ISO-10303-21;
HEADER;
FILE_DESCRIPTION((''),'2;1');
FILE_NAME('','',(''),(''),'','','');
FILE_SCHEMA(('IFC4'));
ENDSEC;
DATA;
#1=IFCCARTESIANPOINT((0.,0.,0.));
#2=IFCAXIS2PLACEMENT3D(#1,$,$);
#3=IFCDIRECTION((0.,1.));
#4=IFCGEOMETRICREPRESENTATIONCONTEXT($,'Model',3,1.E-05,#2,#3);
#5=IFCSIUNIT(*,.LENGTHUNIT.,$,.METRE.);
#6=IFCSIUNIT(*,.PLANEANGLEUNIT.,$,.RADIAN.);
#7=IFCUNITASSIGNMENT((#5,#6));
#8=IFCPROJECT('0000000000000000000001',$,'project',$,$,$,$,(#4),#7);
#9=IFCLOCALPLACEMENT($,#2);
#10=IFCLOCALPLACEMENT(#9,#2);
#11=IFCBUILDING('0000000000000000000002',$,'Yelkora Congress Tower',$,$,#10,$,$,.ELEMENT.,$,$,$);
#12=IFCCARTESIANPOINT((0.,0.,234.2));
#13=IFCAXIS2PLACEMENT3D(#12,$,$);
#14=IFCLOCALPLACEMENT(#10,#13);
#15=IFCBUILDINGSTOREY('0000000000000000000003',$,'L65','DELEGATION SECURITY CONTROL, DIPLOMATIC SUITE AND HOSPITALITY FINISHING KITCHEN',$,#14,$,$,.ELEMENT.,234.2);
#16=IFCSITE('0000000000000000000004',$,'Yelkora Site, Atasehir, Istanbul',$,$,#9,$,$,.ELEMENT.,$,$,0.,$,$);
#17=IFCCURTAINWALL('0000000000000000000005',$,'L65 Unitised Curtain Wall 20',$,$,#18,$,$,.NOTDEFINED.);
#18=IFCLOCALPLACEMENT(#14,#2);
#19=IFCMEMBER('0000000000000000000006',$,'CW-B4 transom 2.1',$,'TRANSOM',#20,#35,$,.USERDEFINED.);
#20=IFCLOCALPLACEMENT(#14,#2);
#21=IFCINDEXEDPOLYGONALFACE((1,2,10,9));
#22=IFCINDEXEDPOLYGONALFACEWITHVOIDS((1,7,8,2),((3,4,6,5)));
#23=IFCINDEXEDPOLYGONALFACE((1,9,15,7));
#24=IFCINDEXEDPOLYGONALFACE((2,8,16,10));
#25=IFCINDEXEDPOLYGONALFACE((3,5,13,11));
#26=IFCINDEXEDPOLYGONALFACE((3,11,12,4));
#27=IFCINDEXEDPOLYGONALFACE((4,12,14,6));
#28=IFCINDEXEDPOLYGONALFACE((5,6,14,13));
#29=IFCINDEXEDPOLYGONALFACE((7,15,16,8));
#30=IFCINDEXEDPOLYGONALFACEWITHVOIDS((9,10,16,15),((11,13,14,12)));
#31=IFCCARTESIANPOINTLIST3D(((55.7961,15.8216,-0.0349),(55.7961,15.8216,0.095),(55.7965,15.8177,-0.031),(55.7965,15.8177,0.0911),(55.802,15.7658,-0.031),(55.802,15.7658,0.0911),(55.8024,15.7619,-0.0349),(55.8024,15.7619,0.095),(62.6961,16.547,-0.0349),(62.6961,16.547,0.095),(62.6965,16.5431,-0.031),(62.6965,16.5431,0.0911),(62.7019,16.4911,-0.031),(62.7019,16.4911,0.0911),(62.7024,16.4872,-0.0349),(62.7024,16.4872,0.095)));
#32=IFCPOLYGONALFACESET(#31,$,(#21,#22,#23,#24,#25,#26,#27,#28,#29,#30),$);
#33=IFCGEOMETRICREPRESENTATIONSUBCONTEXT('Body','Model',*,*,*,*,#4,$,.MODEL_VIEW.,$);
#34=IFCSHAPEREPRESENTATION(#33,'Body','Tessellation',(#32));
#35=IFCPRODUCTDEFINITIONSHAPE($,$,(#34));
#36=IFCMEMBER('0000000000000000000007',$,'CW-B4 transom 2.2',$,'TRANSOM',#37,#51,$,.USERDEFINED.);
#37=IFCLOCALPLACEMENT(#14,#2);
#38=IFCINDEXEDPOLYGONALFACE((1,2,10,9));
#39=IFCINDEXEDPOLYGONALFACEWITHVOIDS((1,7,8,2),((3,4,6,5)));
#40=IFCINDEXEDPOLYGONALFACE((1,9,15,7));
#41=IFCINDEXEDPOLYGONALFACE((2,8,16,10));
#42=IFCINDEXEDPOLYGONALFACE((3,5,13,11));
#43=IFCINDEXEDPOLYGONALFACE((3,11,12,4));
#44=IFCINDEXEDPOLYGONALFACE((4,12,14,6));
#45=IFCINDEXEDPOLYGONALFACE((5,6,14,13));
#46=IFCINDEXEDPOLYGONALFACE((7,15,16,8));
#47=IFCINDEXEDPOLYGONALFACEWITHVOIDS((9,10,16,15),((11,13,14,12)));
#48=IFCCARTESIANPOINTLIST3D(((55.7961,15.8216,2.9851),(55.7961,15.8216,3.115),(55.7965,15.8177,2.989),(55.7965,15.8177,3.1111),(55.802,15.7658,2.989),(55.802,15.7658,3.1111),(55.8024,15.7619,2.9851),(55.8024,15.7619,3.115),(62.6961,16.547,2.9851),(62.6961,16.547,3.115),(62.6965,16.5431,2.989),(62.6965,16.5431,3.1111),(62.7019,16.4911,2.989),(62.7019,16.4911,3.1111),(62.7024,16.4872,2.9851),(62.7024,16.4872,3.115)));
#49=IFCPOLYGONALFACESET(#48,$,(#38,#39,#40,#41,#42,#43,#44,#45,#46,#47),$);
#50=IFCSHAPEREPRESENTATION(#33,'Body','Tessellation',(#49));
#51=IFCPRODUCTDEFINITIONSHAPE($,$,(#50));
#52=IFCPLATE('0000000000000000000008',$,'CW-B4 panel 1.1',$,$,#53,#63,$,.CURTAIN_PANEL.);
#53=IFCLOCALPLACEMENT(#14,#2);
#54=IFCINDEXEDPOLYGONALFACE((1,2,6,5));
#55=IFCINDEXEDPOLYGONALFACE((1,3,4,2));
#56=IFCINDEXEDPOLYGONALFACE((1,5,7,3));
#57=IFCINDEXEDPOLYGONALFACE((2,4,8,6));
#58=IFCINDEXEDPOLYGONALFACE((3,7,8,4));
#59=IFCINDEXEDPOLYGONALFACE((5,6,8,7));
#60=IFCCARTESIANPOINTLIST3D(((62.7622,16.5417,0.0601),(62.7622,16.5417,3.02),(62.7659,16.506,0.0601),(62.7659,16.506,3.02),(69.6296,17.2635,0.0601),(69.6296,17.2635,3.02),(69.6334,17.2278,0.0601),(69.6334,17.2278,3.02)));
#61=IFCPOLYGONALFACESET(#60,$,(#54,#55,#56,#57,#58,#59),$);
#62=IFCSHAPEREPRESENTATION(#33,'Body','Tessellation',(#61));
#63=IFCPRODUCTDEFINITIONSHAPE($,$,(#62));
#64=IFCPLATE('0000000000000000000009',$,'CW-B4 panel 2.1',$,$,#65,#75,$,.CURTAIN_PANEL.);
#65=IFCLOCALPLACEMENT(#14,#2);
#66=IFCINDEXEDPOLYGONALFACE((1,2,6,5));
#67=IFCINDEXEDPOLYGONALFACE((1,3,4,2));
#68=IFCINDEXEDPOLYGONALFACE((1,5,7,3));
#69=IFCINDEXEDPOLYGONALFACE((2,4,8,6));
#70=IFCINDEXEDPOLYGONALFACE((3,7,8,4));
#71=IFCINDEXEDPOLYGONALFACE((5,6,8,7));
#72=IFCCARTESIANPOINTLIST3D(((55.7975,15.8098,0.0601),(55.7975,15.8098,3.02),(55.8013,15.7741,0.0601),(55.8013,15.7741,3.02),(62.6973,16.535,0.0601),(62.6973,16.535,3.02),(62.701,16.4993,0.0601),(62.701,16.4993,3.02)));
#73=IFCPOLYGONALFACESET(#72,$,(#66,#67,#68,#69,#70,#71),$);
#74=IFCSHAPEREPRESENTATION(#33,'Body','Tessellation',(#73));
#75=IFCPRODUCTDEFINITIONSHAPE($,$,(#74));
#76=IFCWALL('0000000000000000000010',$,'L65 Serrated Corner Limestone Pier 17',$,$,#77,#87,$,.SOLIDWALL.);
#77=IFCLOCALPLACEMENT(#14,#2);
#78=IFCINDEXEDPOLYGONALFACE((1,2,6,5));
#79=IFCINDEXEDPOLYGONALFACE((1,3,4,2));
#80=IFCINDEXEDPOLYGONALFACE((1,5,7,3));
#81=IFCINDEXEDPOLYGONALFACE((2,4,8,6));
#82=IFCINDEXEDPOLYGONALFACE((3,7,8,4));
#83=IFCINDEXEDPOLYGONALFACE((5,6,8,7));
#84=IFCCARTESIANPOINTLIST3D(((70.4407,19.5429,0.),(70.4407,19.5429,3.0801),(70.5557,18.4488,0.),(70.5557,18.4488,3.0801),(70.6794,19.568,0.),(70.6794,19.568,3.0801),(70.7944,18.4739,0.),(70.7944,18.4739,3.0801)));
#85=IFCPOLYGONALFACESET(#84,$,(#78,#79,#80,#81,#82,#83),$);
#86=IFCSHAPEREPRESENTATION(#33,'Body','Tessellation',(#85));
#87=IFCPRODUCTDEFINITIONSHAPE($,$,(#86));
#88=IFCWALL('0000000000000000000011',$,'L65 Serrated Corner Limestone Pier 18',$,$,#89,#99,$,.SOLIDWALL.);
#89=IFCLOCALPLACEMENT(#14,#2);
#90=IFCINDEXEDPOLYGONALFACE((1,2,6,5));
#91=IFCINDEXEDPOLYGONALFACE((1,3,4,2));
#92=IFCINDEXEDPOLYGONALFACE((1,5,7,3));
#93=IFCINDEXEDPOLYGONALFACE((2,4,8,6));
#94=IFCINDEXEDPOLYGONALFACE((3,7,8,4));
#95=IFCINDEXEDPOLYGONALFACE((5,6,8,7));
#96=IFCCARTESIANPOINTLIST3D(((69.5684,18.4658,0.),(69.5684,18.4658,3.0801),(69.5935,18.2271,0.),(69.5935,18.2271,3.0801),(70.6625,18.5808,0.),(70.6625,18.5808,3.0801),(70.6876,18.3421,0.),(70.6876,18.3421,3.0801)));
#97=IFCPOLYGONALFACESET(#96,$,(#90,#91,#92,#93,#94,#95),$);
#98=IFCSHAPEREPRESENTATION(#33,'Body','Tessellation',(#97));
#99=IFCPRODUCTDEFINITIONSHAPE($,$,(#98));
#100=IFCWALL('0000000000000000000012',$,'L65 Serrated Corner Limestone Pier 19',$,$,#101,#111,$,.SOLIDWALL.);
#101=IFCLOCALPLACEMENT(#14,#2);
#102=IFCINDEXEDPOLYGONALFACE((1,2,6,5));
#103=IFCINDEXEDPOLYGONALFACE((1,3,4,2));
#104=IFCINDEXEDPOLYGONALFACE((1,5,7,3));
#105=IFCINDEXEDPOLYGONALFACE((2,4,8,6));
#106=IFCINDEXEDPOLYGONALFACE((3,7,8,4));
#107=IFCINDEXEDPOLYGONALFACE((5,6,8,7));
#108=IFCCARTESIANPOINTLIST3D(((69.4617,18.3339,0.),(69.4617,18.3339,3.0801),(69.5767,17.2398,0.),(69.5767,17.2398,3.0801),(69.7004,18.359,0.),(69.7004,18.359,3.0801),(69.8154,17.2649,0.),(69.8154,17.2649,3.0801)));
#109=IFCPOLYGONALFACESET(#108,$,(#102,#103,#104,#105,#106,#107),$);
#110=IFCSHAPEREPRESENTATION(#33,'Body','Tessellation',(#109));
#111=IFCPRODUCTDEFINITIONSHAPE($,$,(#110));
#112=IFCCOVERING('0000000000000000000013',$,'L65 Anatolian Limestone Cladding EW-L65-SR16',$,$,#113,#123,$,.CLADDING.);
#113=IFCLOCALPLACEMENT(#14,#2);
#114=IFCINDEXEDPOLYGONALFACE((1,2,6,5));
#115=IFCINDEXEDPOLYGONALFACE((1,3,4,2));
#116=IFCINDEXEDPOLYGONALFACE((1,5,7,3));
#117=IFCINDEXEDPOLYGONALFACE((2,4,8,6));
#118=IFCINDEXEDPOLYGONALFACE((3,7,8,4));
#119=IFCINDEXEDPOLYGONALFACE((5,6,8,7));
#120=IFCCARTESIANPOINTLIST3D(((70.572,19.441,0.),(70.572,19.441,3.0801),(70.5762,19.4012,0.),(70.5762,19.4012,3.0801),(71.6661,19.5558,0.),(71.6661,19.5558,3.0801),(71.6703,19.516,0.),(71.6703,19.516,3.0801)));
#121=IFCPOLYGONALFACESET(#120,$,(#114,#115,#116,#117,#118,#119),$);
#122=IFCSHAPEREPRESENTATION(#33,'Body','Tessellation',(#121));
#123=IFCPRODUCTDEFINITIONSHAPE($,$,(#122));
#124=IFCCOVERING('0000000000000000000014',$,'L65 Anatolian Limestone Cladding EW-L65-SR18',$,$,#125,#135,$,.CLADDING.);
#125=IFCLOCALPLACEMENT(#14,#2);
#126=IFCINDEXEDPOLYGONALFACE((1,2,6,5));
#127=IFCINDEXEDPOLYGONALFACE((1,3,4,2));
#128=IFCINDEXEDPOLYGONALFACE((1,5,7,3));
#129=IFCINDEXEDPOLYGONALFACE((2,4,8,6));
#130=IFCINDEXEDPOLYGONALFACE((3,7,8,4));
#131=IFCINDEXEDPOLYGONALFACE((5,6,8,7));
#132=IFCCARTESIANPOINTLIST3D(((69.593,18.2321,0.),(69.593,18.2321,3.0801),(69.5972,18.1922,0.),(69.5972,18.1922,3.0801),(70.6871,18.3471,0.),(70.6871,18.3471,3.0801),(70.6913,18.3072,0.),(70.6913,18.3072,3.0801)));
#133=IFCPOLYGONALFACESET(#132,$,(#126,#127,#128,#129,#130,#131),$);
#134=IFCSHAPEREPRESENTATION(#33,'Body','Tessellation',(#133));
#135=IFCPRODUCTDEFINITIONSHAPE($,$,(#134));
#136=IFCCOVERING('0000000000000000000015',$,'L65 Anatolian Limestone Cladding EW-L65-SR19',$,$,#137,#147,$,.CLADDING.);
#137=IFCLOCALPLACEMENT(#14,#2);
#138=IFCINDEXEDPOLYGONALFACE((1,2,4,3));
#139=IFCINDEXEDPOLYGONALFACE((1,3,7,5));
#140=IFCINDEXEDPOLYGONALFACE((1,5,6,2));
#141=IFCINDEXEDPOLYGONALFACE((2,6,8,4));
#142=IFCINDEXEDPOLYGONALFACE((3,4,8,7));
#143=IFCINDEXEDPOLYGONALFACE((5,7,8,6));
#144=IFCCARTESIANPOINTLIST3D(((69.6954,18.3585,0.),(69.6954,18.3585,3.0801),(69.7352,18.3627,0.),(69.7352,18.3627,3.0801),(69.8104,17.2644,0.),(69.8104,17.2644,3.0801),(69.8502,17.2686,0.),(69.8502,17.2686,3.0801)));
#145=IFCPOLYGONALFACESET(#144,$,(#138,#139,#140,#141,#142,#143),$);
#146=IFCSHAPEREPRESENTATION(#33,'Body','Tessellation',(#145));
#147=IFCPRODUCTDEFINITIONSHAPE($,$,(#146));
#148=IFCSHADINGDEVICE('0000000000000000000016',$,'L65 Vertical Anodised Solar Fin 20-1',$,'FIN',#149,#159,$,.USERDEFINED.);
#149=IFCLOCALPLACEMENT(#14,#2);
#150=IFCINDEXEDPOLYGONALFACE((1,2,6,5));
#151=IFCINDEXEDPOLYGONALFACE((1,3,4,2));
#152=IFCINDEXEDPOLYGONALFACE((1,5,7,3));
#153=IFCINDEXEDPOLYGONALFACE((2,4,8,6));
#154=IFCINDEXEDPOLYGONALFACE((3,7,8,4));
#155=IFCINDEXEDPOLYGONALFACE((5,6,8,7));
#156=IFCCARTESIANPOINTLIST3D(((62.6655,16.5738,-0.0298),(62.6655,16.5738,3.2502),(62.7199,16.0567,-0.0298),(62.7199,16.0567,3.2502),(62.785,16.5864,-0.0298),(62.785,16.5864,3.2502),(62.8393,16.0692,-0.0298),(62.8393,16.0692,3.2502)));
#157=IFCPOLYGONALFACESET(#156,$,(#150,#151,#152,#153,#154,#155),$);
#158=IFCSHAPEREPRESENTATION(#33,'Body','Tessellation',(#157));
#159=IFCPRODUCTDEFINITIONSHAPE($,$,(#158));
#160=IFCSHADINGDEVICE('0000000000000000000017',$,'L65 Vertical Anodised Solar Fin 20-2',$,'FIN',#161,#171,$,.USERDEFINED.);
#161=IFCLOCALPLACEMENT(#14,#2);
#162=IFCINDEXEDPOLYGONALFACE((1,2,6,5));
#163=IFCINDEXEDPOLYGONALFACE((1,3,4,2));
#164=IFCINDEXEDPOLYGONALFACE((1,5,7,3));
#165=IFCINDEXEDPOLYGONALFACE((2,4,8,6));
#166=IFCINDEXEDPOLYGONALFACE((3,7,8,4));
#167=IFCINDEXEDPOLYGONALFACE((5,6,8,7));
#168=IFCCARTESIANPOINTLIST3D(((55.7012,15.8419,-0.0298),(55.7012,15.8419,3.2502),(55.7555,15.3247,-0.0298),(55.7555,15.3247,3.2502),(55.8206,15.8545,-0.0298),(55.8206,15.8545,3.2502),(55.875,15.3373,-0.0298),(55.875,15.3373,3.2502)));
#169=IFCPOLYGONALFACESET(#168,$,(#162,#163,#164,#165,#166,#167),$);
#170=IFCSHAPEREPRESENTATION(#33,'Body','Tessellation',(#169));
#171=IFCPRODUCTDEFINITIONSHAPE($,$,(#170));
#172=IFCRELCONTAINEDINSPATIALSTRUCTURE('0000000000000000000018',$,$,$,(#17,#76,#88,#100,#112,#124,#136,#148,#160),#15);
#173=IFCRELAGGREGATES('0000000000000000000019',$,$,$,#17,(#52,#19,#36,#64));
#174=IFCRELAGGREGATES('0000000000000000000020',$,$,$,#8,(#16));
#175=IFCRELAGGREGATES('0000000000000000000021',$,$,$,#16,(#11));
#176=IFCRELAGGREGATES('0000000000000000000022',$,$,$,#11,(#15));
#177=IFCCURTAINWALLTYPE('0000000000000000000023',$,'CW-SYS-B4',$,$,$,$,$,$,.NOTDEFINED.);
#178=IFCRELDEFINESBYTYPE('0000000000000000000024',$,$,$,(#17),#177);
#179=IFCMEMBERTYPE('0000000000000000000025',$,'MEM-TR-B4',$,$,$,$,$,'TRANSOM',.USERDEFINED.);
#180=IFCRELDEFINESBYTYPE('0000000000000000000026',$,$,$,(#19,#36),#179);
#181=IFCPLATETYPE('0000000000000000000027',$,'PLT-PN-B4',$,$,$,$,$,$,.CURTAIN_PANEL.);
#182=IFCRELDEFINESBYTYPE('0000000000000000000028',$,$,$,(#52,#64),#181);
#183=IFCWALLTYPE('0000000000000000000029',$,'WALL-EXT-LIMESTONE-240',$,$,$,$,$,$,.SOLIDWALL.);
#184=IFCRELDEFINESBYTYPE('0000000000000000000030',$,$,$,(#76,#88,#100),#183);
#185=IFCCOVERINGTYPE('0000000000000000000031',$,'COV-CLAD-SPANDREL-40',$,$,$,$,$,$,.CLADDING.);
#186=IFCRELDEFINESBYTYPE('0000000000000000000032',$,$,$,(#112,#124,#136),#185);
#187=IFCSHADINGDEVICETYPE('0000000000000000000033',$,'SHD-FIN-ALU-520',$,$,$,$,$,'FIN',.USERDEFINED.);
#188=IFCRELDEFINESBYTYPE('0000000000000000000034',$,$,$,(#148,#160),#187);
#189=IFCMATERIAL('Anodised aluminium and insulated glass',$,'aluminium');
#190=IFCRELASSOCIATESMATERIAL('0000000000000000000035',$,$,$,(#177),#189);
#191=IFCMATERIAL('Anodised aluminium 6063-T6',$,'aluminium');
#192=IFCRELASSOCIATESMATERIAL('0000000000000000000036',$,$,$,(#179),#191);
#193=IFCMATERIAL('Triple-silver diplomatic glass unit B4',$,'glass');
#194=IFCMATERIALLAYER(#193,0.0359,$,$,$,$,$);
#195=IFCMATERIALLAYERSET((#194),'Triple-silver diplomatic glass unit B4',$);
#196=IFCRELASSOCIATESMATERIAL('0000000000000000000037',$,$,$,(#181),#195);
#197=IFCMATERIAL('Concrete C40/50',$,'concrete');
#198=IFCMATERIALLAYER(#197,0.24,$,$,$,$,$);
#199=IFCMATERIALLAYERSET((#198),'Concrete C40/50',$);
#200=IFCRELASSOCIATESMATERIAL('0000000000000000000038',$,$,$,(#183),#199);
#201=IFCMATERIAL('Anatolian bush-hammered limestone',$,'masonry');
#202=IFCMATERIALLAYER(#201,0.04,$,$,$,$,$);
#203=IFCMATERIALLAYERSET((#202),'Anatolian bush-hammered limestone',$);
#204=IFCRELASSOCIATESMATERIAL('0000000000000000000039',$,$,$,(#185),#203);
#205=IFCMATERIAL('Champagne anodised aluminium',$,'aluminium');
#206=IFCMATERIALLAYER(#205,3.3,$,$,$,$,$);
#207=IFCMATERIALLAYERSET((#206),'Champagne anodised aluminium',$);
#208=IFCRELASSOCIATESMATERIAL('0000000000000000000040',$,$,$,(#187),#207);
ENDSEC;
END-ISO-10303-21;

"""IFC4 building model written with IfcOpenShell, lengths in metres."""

from ifc_helpers import new_model, si_unit, direction, frame, frame_2d, origin, origin_2d, place, context, subcontext, project, spatial, rectangle, hollow_rectangle, extrude, material, layer, layer_set, material_profile, profile_set, type_object, element, aggregate, save


model = new_model("IFC4")

# Units and contexts
model_context = context("Model", 3, precision=1e-05, world=origin(), true_north=direction((0.0, 1.0)))
body_context = subcontext(model_context, "Body", "Model", "MODEL_VIEW")
ifc_project = project(units=[si_unit("LENGTHUNIT", "METRE"), si_unit("PLANEANGLEUNIT", "RADIAN")], contexts=[model_context])

# Site, building, storey
site_placement = place(None, origin())
site = spatial("IfcSite", under=ifc_project, at=site_placement, Name="Yelkora Site, Atasehir, Istanbul", CompositionType="ELEMENT", RefElevation=0.0)
building_placement = place(site_placement, origin())
building = spatial("IfcBuilding", under=site, at=building_placement, Name="Yelkora Congress Tower", CompositionType="ELEMENT")
storey_placement = place(building_placement, frame((0.0, 0.0, 234.2)))
storey = spatial("IfcBuildingStorey", under=building, at=storey_placement, Name="L65", Description="DELEGATION SECURITY CONTROL, DIPLOMATIC SUITE AND HOSPITALITY FINISHING KITCHEN", CompositionType="ELEMENT", Elevation=234.2)

# Curtain wall, members, plates
ifc_material_1 = material(Name="Anodised aluminium and insulated glass", Category="aluminium")
curtain_wall_type = type_object("IfcCurtainWallType", Name="CW-SYS-B4", PredefinedType="NOTDEFINED", material=ifc_material_1)
curtain_wall_placement = place(storey_placement, origin())
curtain_wall = element("IfcCurtainWall", 1, at=curtain_wall_placement, inside=storey, type_object=curtain_wall_type, Name="L65 Unitised Curtain Wall 20", PredefinedType="NOTDEFINED")
ifc_material_2 = material(Name="Anodised aluminium 6063-T6", Category="aluminium")
ifc_material_profile_1 = material_profile(ifc_material_2, hollow_rectangle(XDim=0.0601, YDim=0.1299, WallThickness=0.0039, at=origin_2d()), Name="ALU 60x130x4")
ifc_profile_set_1 = profile_set([ifc_material_profile_1], Name="Anodised aluminium 6063-T6")
member_type_1 = type_object("IfcMemberType", Name="MEM-TR-B4", ElementType="TRANSOM", PredefinedType="USERDEFINED", material=ifc_profile_set_1)
member_1_placement = place(storey_placement, frame((62.6992, 16.5171, 0.03), z_axis=(-0.99452, -0.104547, 0.0), x_axis=(0.104547, -0.99452, 0.0)))
member_1 = element("IfcMember", 2, at=member_1_placement, type_object=member_type_1, Name="CW-B4 transom 2.1", ObjectType="TRANSOM", PredefinedType="USERDEFINED", context=body_context, shape_type="SweptSolid", body=[
    extrude(hollow_rectangle(XDim=0.0601, YDim=0.1299, WallThickness=0.0039, at=origin_2d()), origin(), (0.0, 0.0, 1.0), 6.938),
])
member_2_placement = place(storey_placement, frame((62.6992, 16.5171, 3.05), z_axis=(-0.99452, -0.104547, 0.0), x_axis=(0.104547, -0.99452, 0.0)))
member_2 = element("IfcMember", 3, at=member_2_placement, type_object=member_type_1, Name="CW-B4 transom 2.2", ObjectType="TRANSOM", PredefinedType="USERDEFINED", context=body_context, shape_type="SweptSolid", body=[
    extrude(hollow_rectangle(XDim=0.0601, YDim=0.1299, WallThickness=0.0039, at=origin_2d()), origin(), (0.0, 0.0, 1.0), 6.938),
])
ifc_material_3 = material(Name="Triple-silver diplomatic glass unit B4", Category="glass")
ifc_layer_1 = layer(ifc_material_3, 0.0359)
ifc_layer_set_1 = layer_set([ifc_layer_1], Name="Triple-silver diplomatic glass unit B4")
plate_type = type_object("IfcPlateType", Name="PLT-PN-B4", PredefinedType="CURTAIN_PANEL", material=ifc_layer_set_1)
plate_1_placement = place(storey_placement, frame((66.1978, 16.8848, 0.0601), z_axis=(0.0, 0.0, 1.0), x_axis=(-0.994522, -0.104527, 0.0)))
plate_1 = element("IfcPlate", 4, at=plate_1_placement, type_object=plate_type, Name="CW-B4 panel 1.1", PredefinedType="CURTAIN_PANEL", context=body_context, shape_type="SweptSolid", body=[
    extrude(rectangle(XDim=6.9053, YDim=0.0359, at=origin_2d()), origin(), (0.0, 0.0, 1.0), 2.96),
])
plate_2_placement = place(storey_placement, frame((59.2493, 16.1545, 0.0601), z_axis=(0.0, 0.0, 1.0), x_axis=(-0.994522, -0.104527, 0.0)))
plate_2 = element("IfcPlate", 5, at=plate_2_placement, type_object=plate_type, Name="CW-B4 panel 2.1", PredefinedType="CURTAIN_PANEL", context=body_context, shape_type="SweptSolid", body=[
    extrude(rectangle(XDim=6.9377, YDim=0.0359, at=origin_2d()), origin(), (0.0, 0.0, 1.0), 2.96),
])
aggregate(curtain_wall, [plate_1, member_1, member_2, plate_2])

# Walls
ifc_material_4 = material(Name="Concrete C40/50", Category="concrete")
ifc_layer_2 = layer(ifc_material_4, 0.24)
ifc_layer_set_2 = layer_set([ifc_layer_2], Name="Concrete C40/50")
wall_type = type_object("IfcWallType", Name="WALL-EXT-LIMESTONE-240", PredefinedType="SOLIDWALL", material=ifc_layer_set_2)
for number, where, z_axis, x_axis, name in (
    (6, (70.5601, 19.5554, 0.0), (0.0, 0.0, 1.0), (0.104535, -0.994521, 0.0), "L65 Serrated Corner Limestone Pier 17"),
    (7, (70.675, 18.4614, 0.0), (0.0, 0.0, 1.0), (-0.994521, -0.104535, 0.0), "L65 Serrated Corner Limestone Pier 18"),
    (8, (69.5811, 18.3464, 0.0), (0.0, 0.0, 1.0), (0.104535, -0.994521, 0.0), "L65 Serrated Corner Limestone Pier 19"),
):
    element("IfcWall", number, at=place(storey_placement, frame(where, z_axis=z_axis, x_axis=x_axis)), inside=storey, type_object=wall_type, Name=name, PredefinedType="SOLIDWALL", context=body_context, shape_type="SweptSolid", body=[
        extrude(rectangle(XDim=1.1001, YDim=0.24, at=frame_2d((0.55, 0.0))), origin(), (0.0, 0.0, 1.0), 3.0801),
    ])

# Coverings
ifc_material_5 = material(Name="Anatolian bush-hammered limestone", Category="masonry")
ifc_layer_3 = layer(ifc_material_5, 0.04)
ifc_layer_set_3 = layer_set([ifc_layer_3], Name="Anatolian bush-hammered limestone")
covering_type = type_object("IfcCoveringType", Name="COV-CLAD-SPANDREL-40", PredefinedType="CLADDING", material=ifc_layer_set_3)
for number, where, z_axis, x_axis, name in (
    (9, (71.6682, 19.5359, 0.0), (0.0, 0.0, 1.0), (-0.994544, -0.104315, 0.0), "L65 Anatolian Limestone Cladding EW-L65-SR16"),
    (10, (70.6892, 18.3271, 0.0), (0.0, 0.0, 1.0), (-0.994521, -0.104535, 0.0), "L65 Anatolian Limestone Cladding EW-L65-SR18"),
    (11, (69.7153, 18.3606, 0.0), (0.0, 0.0, 1.0), (0.104535, -0.994521, 0.0), "L65 Anatolian Limestone Cladding EW-L65-SR19"),
):
    element("IfcCovering", number, at=place(storey_placement, frame(where, z_axis=z_axis, x_axis=x_axis)), inside=storey, type_object=covering_type, Name=name, PredefinedType="CLADDING", context=body_context, shape_type="SweptSolid", body=[
        extrude(rectangle(XDim=1.1001, YDim=0.04, at=frame_2d((0.55, 0.0))), origin(), (0.0, 0.0, 1.0), 3.0801),
    ])

# Shading devices
ifc_material_6 = material(Name="Champagne anodised aluminium", Category="aluminium")
ifc_layer_4 = layer(ifc_material_6, 3.3)
ifc_layer_set_4 = layer_set([ifc_layer_4], Name="Champagne anodised aluminium")
shading_device_type = type_object("IfcShadingDeviceType", Name="SHD-FIN-ALU-520", ElementType="FIN", PredefinedType="USERDEFINED", material=ifc_layer_set_4)
for number, where, z_axis, x_axis, name in (
    (12, (62.7524, 16.3215, -0.0298), (0.0, 0.0, 1.0), (-0.994522, -0.104528, 0.0), "L65 Vertical Anodised Solar Fin 20-1"),
    (13, (55.7881, 15.5896, -0.0298), (0.0, 0.0, 1.0), (-0.994522, -0.104528, 0.0), "L65 Vertical Anodised Solar Fin 20-2"),
):
    element("IfcShadingDevice", number, at=place(storey_placement, frame(where, z_axis=z_axis, x_axis=x_axis)), inside=storey, type_object=shading_device_type, Name=name, ObjectType="FIN", PredefinedType="USERDEFINED", context=body_context, shape_type="SweptSolid", body=[
        extrude(rectangle(XDim=0.1201, YDim=0.52, at=origin_2d()), origin(), (0.0, 0.0, 1.0), 3.28),
    ])

save(model, "model.ifc")
